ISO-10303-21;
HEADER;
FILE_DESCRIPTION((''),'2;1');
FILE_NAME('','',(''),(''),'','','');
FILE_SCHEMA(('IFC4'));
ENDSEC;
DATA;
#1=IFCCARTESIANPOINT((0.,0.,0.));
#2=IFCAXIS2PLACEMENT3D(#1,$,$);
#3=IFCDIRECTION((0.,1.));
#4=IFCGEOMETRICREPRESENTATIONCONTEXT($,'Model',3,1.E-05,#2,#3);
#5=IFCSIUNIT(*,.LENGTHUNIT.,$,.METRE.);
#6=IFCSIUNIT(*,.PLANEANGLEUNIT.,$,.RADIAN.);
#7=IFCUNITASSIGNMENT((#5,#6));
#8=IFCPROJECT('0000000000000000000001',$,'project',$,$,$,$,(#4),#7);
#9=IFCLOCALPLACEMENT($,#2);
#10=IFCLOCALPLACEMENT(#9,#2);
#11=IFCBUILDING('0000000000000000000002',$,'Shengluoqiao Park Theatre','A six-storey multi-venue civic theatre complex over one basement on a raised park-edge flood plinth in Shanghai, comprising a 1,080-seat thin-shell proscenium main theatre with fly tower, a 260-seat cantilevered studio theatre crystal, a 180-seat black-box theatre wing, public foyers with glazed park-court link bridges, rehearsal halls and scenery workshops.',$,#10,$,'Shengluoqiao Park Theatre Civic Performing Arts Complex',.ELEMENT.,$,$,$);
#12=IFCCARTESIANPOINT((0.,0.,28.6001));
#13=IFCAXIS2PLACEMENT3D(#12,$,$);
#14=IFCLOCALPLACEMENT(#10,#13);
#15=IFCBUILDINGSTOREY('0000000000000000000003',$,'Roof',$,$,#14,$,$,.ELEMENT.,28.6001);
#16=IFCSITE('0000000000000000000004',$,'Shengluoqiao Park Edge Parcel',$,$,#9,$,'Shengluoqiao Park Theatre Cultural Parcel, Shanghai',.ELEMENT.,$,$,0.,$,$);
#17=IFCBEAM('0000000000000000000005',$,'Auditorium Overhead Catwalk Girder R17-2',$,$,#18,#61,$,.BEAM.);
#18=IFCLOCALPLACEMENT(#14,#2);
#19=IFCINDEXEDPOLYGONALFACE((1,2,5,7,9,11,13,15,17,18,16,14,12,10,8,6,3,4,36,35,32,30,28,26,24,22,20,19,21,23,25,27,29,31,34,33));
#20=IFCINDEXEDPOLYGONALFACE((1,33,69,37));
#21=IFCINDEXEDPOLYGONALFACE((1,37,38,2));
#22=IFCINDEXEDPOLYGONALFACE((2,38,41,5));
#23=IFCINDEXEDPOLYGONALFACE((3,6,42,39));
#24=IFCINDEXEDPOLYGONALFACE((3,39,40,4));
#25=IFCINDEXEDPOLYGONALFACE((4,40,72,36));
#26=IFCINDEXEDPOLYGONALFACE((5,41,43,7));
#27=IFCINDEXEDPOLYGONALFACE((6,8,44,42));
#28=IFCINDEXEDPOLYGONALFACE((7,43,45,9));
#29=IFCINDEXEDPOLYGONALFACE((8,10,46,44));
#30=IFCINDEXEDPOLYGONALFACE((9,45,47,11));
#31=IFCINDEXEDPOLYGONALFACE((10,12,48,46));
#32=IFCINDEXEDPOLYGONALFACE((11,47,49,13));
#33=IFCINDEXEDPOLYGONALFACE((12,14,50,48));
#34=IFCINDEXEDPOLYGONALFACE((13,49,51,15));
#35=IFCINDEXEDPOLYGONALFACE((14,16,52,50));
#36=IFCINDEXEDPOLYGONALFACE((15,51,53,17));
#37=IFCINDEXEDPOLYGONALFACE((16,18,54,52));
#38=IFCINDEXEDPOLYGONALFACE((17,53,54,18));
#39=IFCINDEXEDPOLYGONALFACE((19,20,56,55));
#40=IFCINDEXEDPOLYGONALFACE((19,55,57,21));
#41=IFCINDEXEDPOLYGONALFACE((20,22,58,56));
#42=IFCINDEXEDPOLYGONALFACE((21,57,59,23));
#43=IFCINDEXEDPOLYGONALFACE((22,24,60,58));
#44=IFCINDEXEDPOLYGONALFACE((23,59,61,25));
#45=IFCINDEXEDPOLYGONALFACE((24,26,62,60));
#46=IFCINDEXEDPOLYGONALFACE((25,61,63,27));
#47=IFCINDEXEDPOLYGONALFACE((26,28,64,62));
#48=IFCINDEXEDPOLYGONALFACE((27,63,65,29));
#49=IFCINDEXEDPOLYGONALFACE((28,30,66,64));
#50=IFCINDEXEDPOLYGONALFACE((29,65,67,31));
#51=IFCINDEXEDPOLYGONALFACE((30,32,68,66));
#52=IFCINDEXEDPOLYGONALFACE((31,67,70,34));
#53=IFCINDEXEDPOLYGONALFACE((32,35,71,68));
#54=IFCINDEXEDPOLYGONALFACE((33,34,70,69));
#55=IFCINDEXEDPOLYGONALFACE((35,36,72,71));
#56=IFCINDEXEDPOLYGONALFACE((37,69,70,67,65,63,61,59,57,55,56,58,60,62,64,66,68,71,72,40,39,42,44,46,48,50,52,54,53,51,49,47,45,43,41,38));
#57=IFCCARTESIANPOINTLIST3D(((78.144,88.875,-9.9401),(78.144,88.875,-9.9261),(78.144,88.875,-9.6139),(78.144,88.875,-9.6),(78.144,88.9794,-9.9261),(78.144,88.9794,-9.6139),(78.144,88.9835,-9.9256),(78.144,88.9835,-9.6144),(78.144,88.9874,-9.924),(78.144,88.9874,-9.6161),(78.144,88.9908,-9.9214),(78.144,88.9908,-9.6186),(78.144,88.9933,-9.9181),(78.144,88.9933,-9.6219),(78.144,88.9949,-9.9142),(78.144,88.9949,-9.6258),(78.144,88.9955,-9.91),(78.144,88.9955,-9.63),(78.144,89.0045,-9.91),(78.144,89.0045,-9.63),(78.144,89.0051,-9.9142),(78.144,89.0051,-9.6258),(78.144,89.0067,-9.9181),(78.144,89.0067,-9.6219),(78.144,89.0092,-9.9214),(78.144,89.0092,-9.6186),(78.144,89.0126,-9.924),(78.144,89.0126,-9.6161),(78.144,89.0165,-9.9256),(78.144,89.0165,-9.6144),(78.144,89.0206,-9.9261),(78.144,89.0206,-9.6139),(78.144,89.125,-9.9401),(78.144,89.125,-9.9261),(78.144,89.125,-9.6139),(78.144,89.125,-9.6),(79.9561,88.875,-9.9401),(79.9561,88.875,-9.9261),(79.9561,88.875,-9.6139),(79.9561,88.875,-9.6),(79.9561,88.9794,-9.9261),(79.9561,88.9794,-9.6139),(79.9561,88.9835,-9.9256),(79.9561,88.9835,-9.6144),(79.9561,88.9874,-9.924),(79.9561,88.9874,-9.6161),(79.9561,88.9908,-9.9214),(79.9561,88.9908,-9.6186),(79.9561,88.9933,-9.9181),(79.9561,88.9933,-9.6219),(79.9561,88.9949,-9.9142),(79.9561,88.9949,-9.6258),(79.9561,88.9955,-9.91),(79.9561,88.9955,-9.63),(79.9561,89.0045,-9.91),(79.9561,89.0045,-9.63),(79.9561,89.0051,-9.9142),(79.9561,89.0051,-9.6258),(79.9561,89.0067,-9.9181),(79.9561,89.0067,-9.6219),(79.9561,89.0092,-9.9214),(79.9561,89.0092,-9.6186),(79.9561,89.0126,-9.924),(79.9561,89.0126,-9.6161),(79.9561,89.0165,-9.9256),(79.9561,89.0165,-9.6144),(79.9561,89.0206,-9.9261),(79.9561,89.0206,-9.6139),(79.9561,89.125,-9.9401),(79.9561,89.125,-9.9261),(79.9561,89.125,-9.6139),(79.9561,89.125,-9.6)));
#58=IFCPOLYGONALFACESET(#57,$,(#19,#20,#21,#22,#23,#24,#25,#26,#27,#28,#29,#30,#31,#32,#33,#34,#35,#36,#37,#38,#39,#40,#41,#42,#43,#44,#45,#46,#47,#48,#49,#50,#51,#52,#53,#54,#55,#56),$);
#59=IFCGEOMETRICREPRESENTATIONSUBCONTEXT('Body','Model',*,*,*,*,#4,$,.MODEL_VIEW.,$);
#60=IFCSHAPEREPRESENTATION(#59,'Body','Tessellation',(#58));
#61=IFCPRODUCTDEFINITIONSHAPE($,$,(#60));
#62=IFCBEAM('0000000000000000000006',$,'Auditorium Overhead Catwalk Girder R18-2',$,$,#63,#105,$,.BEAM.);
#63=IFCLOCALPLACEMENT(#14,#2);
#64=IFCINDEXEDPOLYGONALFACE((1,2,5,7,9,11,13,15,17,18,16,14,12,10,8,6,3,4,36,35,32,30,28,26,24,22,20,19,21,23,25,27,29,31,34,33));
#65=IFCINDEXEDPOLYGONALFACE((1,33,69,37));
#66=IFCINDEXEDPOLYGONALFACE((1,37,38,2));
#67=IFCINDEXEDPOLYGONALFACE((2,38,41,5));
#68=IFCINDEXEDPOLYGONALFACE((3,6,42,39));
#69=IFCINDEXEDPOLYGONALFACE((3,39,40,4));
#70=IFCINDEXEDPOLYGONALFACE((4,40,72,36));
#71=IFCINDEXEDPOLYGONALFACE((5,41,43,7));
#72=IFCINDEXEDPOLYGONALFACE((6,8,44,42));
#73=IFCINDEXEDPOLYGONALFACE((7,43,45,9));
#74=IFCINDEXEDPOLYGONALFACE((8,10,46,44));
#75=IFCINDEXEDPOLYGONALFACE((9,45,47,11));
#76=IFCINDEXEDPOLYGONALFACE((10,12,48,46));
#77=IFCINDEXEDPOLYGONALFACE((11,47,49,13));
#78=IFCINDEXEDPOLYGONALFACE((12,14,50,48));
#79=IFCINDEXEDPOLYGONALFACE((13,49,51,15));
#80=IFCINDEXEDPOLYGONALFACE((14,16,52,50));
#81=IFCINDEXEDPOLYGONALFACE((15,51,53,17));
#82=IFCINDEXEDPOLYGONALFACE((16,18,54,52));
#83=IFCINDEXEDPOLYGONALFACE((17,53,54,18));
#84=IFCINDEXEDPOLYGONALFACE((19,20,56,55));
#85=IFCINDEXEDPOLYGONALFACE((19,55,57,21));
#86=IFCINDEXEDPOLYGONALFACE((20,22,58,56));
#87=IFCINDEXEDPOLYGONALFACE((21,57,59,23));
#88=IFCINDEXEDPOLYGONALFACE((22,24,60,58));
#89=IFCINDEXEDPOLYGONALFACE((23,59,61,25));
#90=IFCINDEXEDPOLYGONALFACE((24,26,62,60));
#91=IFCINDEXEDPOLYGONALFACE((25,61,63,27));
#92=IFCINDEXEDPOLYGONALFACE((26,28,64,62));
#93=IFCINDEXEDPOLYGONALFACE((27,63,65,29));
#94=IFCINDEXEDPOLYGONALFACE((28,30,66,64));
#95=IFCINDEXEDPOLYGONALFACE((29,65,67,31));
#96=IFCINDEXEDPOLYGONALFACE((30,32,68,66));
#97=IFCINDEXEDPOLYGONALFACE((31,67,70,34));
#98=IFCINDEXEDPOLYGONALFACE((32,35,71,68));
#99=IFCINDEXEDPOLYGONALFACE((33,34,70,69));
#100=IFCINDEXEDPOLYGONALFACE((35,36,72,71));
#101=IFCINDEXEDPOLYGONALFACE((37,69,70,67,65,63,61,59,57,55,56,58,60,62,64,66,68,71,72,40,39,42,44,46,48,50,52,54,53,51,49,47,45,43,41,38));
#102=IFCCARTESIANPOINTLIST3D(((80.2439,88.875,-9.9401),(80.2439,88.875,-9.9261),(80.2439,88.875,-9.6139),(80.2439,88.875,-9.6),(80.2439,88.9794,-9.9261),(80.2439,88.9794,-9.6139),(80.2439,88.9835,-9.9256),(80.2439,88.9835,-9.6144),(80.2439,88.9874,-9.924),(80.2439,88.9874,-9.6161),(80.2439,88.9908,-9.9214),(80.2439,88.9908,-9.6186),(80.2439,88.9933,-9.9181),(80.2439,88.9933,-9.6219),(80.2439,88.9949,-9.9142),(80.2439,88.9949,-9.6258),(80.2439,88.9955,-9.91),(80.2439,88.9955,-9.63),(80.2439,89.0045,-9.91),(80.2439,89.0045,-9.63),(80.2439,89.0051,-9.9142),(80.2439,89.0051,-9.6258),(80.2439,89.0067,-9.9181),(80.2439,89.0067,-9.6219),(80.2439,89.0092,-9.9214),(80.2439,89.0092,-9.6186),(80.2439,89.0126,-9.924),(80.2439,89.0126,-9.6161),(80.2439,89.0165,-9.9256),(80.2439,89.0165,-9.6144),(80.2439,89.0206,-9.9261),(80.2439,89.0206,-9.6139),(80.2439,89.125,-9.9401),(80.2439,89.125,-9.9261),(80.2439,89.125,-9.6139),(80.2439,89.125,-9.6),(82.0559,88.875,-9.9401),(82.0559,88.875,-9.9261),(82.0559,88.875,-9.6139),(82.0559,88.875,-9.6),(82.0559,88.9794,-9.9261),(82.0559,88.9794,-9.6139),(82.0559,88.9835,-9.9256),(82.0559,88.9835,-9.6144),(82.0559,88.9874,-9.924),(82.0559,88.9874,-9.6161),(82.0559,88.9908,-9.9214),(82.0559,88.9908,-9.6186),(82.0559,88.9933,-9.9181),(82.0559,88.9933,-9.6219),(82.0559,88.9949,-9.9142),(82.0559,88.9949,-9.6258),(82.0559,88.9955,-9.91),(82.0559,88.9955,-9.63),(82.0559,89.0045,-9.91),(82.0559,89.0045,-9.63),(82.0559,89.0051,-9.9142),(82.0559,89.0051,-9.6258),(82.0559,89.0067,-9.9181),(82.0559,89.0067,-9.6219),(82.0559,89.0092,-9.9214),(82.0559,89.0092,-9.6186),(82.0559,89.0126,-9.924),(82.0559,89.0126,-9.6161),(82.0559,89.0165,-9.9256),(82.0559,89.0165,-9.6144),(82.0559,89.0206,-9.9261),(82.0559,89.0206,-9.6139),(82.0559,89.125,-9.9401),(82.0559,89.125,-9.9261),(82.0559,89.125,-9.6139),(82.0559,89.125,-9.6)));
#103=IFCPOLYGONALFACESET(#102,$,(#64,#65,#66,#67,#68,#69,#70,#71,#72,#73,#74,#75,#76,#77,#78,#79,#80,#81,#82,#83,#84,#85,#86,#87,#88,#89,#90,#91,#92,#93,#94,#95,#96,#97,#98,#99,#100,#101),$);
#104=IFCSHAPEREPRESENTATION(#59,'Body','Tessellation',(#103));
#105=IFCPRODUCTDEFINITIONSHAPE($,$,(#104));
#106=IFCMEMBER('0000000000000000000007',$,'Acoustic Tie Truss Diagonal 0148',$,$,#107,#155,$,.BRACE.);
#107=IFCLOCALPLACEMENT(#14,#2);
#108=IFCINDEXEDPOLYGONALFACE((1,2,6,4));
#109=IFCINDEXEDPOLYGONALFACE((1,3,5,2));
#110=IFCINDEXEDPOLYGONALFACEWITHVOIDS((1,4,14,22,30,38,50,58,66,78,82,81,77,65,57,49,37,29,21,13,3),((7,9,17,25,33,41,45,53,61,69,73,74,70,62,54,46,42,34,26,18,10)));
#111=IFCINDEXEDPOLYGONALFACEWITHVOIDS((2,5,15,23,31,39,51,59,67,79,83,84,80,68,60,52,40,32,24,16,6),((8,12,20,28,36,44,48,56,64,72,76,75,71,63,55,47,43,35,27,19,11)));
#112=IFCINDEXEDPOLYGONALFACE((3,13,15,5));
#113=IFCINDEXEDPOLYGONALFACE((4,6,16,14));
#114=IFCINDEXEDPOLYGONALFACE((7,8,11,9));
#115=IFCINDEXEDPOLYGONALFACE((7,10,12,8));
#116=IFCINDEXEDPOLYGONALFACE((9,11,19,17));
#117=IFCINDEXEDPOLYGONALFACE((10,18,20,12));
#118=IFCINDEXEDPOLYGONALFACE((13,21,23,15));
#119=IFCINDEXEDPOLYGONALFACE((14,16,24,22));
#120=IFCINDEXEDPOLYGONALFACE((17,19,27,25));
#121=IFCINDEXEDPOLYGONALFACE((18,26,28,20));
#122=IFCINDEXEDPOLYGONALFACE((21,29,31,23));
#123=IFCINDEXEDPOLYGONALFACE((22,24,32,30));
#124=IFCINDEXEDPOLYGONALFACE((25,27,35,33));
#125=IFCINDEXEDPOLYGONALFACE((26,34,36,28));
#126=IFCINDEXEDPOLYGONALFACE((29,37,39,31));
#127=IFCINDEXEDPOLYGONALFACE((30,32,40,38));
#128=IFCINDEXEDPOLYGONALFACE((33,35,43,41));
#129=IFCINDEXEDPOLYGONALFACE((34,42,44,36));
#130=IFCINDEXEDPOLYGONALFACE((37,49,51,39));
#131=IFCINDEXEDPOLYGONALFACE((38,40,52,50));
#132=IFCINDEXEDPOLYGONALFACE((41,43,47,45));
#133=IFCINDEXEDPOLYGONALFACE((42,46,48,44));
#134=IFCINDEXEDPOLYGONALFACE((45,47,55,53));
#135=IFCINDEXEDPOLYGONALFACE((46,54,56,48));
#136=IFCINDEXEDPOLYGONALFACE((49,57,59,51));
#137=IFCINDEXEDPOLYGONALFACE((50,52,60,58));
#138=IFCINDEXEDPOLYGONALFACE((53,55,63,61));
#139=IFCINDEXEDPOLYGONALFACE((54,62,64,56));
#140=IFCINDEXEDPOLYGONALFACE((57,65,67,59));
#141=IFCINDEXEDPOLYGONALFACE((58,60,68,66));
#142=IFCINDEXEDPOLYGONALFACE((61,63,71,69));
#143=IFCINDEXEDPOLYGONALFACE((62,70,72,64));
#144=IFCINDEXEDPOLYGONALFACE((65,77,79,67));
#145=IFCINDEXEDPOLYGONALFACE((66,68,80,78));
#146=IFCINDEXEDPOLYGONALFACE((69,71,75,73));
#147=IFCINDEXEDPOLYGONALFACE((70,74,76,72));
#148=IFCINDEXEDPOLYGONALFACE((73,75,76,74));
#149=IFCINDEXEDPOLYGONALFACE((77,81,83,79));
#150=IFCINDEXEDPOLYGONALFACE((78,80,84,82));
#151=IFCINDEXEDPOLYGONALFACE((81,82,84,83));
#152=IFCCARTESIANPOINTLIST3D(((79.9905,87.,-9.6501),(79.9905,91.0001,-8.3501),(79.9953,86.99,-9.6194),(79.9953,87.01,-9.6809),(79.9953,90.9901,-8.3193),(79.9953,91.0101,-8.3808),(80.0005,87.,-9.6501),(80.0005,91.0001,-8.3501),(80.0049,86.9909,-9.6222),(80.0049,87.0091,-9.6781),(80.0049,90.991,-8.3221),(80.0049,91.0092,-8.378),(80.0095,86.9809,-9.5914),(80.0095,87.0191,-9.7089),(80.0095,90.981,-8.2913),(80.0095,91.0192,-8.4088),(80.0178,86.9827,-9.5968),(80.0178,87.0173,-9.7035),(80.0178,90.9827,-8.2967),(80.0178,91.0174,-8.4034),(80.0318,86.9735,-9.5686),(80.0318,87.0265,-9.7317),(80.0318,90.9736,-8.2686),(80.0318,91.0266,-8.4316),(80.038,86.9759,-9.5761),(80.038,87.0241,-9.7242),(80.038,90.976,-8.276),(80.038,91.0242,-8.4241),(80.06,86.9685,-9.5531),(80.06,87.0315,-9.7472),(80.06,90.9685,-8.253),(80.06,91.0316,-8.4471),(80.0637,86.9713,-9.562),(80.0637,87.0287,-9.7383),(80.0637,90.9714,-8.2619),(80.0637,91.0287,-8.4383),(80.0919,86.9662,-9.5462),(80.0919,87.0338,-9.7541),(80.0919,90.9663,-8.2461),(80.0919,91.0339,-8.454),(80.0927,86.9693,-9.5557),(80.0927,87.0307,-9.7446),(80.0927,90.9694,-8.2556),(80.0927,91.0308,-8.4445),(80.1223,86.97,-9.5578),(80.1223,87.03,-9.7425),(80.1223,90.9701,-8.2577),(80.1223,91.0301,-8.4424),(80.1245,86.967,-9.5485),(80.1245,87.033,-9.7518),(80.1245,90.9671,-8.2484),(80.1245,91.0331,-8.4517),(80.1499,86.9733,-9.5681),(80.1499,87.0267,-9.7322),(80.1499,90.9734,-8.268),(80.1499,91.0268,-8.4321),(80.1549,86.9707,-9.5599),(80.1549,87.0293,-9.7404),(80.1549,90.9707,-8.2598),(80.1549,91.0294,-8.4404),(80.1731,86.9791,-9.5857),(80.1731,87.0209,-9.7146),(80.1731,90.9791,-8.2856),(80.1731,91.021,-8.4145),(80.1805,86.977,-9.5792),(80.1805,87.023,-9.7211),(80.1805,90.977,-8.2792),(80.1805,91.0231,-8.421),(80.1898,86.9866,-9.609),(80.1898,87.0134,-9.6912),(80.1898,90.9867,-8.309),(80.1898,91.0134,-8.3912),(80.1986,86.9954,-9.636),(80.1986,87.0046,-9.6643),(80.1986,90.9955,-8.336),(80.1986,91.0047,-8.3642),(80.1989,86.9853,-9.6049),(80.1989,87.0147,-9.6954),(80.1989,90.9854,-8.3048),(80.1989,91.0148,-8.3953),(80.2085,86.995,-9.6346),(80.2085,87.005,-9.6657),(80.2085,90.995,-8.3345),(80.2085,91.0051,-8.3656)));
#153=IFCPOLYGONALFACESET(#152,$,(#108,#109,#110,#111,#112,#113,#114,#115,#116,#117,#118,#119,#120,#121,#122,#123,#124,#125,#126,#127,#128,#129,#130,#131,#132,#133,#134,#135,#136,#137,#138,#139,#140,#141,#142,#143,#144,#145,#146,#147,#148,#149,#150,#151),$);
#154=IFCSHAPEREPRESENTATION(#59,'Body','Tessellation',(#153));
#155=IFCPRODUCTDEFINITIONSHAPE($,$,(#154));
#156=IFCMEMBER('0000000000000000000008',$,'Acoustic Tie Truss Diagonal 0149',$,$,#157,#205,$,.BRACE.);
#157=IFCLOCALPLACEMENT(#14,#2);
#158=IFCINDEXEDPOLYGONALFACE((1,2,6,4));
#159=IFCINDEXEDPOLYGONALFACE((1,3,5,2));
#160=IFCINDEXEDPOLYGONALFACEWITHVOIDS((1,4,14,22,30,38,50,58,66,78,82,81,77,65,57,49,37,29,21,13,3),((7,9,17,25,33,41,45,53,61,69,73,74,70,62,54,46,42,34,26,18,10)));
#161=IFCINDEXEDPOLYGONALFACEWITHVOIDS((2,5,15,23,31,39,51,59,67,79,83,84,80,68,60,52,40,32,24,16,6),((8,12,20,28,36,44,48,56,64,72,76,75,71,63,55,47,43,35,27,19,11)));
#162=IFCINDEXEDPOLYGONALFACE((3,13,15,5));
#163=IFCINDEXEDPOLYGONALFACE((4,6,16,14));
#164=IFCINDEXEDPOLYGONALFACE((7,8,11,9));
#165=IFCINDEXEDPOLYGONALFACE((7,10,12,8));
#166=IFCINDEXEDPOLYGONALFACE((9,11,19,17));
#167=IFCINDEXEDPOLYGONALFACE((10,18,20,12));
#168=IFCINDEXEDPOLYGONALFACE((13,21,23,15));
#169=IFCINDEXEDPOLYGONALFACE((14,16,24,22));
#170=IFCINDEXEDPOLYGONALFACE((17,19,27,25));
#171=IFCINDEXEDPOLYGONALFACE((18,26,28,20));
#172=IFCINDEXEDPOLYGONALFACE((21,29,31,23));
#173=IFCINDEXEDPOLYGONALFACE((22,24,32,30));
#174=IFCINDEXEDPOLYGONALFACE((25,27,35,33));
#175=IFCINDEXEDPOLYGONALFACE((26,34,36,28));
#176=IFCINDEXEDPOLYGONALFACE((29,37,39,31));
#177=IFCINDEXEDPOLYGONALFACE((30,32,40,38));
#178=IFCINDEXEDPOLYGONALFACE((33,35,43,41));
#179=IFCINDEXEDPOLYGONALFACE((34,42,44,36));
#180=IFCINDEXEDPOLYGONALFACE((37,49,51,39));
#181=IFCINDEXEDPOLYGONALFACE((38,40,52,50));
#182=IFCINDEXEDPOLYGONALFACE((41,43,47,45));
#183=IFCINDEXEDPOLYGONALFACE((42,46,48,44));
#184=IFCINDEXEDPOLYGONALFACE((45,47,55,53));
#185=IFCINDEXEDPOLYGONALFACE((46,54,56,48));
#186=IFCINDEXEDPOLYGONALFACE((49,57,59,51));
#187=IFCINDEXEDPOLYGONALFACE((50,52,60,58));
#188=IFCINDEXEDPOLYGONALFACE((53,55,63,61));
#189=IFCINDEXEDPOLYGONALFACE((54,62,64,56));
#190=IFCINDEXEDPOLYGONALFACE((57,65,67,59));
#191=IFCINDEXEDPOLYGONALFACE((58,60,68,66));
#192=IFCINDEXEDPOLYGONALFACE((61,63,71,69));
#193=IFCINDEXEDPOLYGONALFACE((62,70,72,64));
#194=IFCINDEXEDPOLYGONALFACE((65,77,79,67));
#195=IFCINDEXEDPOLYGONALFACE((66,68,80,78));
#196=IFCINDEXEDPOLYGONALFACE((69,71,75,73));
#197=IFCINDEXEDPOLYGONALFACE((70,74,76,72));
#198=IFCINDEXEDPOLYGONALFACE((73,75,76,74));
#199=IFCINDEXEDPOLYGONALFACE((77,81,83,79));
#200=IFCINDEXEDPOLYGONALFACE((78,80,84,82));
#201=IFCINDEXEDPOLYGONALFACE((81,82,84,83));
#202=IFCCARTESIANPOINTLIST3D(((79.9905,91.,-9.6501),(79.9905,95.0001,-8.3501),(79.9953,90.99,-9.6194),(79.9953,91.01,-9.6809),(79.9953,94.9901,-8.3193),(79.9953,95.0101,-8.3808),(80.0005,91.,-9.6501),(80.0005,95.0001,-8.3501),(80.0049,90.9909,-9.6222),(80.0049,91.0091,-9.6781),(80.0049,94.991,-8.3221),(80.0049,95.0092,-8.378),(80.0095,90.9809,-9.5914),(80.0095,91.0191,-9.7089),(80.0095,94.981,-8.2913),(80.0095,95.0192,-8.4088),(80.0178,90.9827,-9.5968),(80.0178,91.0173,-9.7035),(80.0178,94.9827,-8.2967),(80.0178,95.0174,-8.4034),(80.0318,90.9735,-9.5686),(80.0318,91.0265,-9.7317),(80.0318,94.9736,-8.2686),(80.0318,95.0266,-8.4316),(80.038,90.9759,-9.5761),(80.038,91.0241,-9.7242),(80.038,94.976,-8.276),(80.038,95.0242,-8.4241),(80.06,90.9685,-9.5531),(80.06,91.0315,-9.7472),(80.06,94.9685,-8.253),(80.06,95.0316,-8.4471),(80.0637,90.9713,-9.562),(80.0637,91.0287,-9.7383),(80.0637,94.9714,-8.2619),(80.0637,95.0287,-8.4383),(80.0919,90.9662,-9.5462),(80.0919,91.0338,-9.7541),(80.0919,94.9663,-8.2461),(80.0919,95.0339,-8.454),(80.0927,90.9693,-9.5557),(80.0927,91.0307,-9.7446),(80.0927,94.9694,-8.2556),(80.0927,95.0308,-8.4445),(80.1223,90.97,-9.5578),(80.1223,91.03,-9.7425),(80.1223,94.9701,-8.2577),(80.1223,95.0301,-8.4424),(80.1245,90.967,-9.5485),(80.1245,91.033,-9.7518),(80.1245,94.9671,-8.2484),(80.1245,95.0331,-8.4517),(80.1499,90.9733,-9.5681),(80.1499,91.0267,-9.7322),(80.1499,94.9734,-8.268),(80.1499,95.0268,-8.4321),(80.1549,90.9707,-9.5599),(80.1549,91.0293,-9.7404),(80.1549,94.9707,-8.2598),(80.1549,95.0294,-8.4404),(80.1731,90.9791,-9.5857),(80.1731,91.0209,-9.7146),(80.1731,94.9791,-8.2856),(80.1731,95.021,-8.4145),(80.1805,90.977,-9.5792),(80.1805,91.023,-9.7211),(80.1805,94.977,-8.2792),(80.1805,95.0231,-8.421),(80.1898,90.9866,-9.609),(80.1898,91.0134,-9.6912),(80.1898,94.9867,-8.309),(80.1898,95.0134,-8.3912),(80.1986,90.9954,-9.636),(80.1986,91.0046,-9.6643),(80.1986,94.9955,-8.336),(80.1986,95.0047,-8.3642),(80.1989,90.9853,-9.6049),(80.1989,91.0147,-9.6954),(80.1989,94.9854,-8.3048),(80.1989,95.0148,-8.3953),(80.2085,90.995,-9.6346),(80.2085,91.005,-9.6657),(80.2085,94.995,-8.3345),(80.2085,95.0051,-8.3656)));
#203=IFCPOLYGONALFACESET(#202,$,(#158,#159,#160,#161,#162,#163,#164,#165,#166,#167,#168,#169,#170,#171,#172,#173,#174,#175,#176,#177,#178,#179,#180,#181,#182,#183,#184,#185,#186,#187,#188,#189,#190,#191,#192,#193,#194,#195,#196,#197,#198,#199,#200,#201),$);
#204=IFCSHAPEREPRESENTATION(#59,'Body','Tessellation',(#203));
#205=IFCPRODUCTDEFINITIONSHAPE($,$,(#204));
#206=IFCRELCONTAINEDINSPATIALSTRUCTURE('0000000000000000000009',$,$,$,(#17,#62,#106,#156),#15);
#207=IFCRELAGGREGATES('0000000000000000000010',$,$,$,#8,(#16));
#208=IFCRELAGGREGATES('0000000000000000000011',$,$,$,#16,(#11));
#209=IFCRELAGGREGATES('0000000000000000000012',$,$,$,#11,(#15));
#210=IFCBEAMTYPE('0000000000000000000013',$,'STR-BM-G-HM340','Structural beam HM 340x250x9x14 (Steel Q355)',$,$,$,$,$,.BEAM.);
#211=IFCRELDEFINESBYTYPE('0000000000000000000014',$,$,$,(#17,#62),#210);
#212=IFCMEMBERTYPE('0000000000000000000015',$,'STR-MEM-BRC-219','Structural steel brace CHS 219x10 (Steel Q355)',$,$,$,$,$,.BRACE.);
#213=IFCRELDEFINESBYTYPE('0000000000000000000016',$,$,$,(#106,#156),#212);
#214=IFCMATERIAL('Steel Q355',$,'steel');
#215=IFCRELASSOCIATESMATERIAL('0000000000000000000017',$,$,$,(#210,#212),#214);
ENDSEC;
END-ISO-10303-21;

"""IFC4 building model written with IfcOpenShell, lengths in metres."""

from ifc_helpers import new_model, si_unit, direction, frame, origin, origin_2d, place, context, subcontext, project, spatial, hollow_circle, i_section, extrude, material, material_profile, profile_set, type_object, element, save


model = new_model("IFC4")

# Units and contexts
model_context = context("Model", 3, precision=1e-05, world=origin(), true_north=direction((0.0, 1.0)))
body_context = subcontext(model_context, "Body", "Model", "MODEL_VIEW")
ifc_project = project(units=[si_unit("LENGTHUNIT", "METRE"), si_unit("PLANEANGLEUNIT", "RADIAN")], contexts=[model_context])

# Site, building, storey
site_placement = place(None, origin())
site = spatial("IfcSite", under=ifc_project, at=site_placement, Name="Shengluoqiao Park Edge Parcel", LongName="Shengluoqiao Park Theatre Cultural Parcel, Shanghai", CompositionType="ELEMENT", RefElevation=0.0)
building_placement = place(site_placement, origin())
building = spatial("IfcBuilding", under=site, at=building_placement, Name="Shengluoqiao Park Theatre", Description="A six-storey multi-venue civic theatre complex over one basement on a raised park-edge flood plinth in Shanghai, comprising a 1,080-seat thin-shell proscenium main theatre with fly tower, a 260-seat cantilevered studio theatre crystal, a 180-seat black-box theatre wing, public foyers with glazed park-court link bridges, rehearsal halls and scenery workshops.", LongName="Shengluoqiao Park Theatre Civic Performing Arts Complex", CompositionType="ELEMENT")
storey_placement = place(building_placement, frame((0.0, 0.0, 28.6001)))
storey = spatial("IfcBuildingStorey", under=building, at=storey_placement, Name="Roof", CompositionType="ELEMENT", Elevation=28.6001)

# Beams
ifc_material = material(Name="Steel Q355", Category="steel")
ifc_material_profile_1 = material_profile(ifc_material, i_section(OverallWidth=0.25, OverallDepth=0.3401, WebThickness=0.009, FlangeThickness=0.0139, FilletRadius=0.0161, at=origin_2d()), Name="HM 340x250x9x14")
ifc_profile_set_1 = profile_set([ifc_material_profile_1], Name="Steel Q355")
beam_type = type_object("IfcBeamType", Name="STR-BM-G-HM340", Description="Structural beam HM 340x250x9x14 (Steel Q355)", PredefinedType="BEAM", material=ifc_profile_set_1)
for number, where, z_axis, x_axis, name in (
    (1, (78.144, 89.0, -9.77), (1.0, 0.0, 0.0), (0.0, 1.0, 0.0), "Auditorium Overhead Catwalk Girder R17-2"),
    (2, (80.2439, 89.0, -9.77), (1.0, 0.0, 0.0), (0.0, 1.0, 0.0), "Auditorium Overhead Catwalk Girder R18-2"),
):
    element("IfcBeam", number, at=place(storey_placement, frame(where, z_axis=z_axis, x_axis=x_axis)), inside=storey, type_object=beam_type, Name=name, PredefinedType="BEAM", context=body_context, shape_type="SweptSolid", body=[
        extrude(i_section(OverallWidth=0.25, OverallDepth=0.3401, WebThickness=0.009, FlangeThickness=0.0139, FilletRadius=0.0161, at=origin_2d()), origin(), (0.0, 0.0, 1.0), 1.812),
    ])

# Members
ifc_material_profile_2 = material_profile(ifc_material, hollow_circle(Radius=0.1096, WallThickness=0.01, at=origin_2d()), Name="CHS 219x10")
ifc_profile_set_2 = profile_set([ifc_material_profile_2], Name="Steel Q355")
member_type_1 = type_object("IfcMemberType", Name="STR-MEM-BRC-219", Description="Structural steel brace CHS 219x10 (Steel Q355)", PredefinedType="BRACE", material=ifc_profile_set_2)
for number, where, z_axis, x_axis, name in (
    (3, (80.1001, 87.0, -9.6501), (0.0, 0.951031, 0.309097), (-1.0, 0.0, 0.0), "Acoustic Tie Truss Diagonal 0148"),
    (4, (80.1001, 91.0, -9.6501), (0.0, 0.951031, 0.309097), (-1.0, 0.0, 0.0), "Acoustic Tie Truss Diagonal 0149"),
):
    element("IfcMember", number, at=place(storey_placement, frame(where, z_axis=z_axis, x_axis=x_axis)), inside=storey, type_object=member_type_1, Name=name, PredefinedType="BRACE", context=body_context, shape_type="SweptSolid", body=[
        extrude(hollow_circle(Radius=0.1096, WallThickness=0.01, at=origin_2d()), origin(), (0.0, 0.0, 1.0), 4.2061),
    ])

save(model, "model.ifc")
